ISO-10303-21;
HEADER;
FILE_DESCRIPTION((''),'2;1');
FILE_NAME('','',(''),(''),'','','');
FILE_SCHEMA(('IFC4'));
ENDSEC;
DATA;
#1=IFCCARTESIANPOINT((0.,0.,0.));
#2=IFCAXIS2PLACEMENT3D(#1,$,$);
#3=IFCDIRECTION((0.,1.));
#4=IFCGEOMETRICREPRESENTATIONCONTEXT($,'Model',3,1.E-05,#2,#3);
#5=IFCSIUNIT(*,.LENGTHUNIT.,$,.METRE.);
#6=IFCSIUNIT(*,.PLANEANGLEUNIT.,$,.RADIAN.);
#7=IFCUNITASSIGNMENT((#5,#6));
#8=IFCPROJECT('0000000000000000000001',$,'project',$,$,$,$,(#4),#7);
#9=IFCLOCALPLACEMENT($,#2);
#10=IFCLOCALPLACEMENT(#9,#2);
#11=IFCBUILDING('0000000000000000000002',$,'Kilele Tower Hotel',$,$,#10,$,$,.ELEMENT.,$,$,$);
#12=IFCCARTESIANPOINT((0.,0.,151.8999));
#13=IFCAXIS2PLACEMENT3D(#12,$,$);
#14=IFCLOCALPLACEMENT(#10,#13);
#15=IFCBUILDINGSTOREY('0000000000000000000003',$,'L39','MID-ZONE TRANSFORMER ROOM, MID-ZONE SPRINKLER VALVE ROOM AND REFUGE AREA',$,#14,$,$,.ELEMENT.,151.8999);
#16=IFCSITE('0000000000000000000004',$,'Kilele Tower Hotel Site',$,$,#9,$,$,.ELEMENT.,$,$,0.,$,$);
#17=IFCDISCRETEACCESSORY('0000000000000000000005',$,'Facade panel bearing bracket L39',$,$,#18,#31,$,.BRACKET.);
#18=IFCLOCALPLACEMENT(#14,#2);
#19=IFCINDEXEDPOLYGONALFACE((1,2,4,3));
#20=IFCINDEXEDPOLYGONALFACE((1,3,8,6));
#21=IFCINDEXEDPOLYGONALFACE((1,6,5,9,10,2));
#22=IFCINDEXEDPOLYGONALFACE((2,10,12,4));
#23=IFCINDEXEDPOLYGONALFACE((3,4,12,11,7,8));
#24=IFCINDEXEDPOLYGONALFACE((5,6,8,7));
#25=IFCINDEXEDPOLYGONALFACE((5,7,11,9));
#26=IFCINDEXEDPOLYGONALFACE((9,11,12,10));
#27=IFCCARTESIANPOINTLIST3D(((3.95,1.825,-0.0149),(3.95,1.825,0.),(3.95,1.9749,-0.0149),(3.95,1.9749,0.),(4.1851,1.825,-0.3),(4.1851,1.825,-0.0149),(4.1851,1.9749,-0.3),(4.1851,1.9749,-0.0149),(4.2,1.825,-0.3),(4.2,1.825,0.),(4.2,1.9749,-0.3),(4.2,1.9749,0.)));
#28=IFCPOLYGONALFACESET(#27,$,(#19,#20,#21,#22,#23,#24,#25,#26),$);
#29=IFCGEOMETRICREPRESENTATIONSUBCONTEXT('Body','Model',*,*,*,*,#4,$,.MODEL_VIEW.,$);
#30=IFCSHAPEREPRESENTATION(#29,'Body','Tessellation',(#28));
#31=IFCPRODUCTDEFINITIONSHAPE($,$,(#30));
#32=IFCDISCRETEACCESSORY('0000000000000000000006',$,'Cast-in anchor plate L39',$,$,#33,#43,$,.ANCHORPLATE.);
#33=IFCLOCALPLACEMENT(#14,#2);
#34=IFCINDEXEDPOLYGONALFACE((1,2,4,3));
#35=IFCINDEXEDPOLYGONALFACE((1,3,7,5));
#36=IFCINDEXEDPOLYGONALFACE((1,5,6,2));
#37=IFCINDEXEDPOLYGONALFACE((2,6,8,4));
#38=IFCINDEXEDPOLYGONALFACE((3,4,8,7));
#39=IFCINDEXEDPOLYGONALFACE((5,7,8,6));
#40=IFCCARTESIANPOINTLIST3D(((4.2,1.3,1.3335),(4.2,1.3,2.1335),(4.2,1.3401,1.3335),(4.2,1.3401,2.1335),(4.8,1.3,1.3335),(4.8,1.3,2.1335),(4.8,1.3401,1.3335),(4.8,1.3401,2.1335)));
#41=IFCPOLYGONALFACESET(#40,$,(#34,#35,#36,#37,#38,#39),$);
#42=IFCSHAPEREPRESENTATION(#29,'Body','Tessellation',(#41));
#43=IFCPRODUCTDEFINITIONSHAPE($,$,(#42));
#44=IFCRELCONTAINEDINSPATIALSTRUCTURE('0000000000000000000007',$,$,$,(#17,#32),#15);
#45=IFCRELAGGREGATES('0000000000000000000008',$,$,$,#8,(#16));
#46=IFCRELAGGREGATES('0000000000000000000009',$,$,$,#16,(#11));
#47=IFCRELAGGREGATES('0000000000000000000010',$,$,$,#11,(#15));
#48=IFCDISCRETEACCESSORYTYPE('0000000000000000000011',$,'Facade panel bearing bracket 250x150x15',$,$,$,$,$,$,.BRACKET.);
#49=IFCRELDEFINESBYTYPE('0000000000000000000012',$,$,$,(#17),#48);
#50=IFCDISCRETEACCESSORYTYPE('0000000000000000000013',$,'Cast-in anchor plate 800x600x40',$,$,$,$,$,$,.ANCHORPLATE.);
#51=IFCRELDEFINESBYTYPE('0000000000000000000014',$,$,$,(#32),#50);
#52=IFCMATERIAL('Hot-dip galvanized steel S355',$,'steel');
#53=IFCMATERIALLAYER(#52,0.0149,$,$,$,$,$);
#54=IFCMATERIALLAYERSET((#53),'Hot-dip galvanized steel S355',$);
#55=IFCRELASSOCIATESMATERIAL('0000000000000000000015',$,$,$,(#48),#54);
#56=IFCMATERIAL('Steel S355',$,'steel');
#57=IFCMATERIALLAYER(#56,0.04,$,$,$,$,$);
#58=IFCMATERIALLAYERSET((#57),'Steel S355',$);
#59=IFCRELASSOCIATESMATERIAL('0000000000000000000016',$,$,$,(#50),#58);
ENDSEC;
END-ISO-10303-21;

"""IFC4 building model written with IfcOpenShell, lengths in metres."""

from ifc_helpers import new_model, si_unit, direction, frame, origin, place, context, subcontext, project, spatial, polyline, outline, extrude, source, transform, mapped, material, layer, layer_set, type_object, element, save


model = new_model("IFC4")

# Units and contexts
model_context = context("Model", 3, precision=1e-05, world=origin(), true_north=direction((0.0, 1.0)))
body_context = subcontext(model_context, "Body", "Model", "MODEL_VIEW")
ifc_project = project(units=[si_unit("LENGTHUNIT", "METRE"), si_unit("PLANEANGLEUNIT", "RADIAN")], contexts=[model_context])

# Site, building, storey
site_placement = place(None, origin())
site = spatial("IfcSite", under=ifc_project, at=site_placement, Name="Kilele Tower Hotel Site", CompositionType="ELEMENT", RefElevation=0.0)
building_placement = place(site_placement, origin())
building = spatial("IfcBuilding", under=site, at=building_placement, Name="Kilele Tower Hotel", CompositionType="ELEMENT")
storey_placement = place(building_placement, frame((0.0, 0.0, 151.8999)))
storey = spatial("IfcBuildingStorey", under=building, at=storey_placement, Name="L39", Description="MID-ZONE TRANSFORMER ROOM, MID-ZONE SPRINKLER VALVE ROOM AND REFUGE AREA", CompositionType="ELEMENT", Elevation=151.8999)

# Discrete accessories
ifc_material_1 = material(Name="Hot-dip galvanized steel S355", Category="steel")
ifc_layer_1 = layer(ifc_material_1, 0.0149)
ifc_layer_set_1 = layer_set([ifc_layer_1], Name="Hot-dip galvanized steel S355")
discrete_accessory_type_1 = type_object("IfcDiscreteAccessoryType", Name="Facade panel bearing bracket 250x150x15", PredefinedType="BRACKET", material=ifc_layer_set_1)
shared_shape_1 = source(origin(), body_context, "Body", "SweptSolid", [
    extrude(outline(polyline([(0.0, 0.0), (0.25, 0.0), (0.25, -0.0149), (0.0149, -0.0149), (0.0149, -0.3), (0.0, -0.3), (0.0, 0.0)])), origin(), (0.0, 0.0, 1.0), 0.1499),
])
for number, where, z_axis, x_axis, name in (
    (1, (4.2, 1.825, 0.0), (0.0, 1.0, 0.0), (-1.0, 0.0, 0.0), "Facade panel bearing bracket L39"),
):
    element("IfcDiscreteAccessory", number, at=place(storey_placement, frame(where, z_axis=z_axis, x_axis=x_axis)), inside=storey, type_object=discrete_accessory_type_1, Name=name, PredefinedType="BRACKET", context=body_context, shape_type="MappedRepresentation", body=[
        mapped(shared_shape_1, transform((0.0, 0.0, 0.0))),
    ])
ifc_material_2 = material(Name="Steel S355", Category="steel")
ifc_layer_2 = layer(ifc_material_2, 0.04)
ifc_layer_set_2 = layer_set([ifc_layer_2], Name="Steel S355")
discrete_accessory_type_2 = type_object("IfcDiscreteAccessoryType", Name="Cast-in anchor plate 800x600x40", PredefinedType="ANCHORPLATE", material=ifc_layer_set_2)
shared_shape_2 = source(origin(), body_context, "Body", "SweptSolid", [
    extrude(outline(polyline([(0.0, 0.0), (0.04, 0.0), (0.04, 0.8), (0.0, 0.8), (0.0, 0.0)])), origin(), (0.0, 0.0, 1.0), 0.6001),
])
discrete_accessory_placement = place(storey_placement, frame((4.2, 1.3, 1.3335), z_axis=(1.0, 0.0, 0.0), x_axis=(0.0, 1.0, 0.0)))
element("IfcDiscreteAccessory", 2, at=discrete_accessory_placement, inside=storey, type_object=discrete_accessory_type_2, Name="Cast-in anchor plate L39", PredefinedType="ANCHORPLATE", context=body_context, shape_type="MappedRepresentation", body=[
    mapped(shared_shape_2, transform((0.0, 0.0, 0.0))),
])

save(model, "model.ifc")
